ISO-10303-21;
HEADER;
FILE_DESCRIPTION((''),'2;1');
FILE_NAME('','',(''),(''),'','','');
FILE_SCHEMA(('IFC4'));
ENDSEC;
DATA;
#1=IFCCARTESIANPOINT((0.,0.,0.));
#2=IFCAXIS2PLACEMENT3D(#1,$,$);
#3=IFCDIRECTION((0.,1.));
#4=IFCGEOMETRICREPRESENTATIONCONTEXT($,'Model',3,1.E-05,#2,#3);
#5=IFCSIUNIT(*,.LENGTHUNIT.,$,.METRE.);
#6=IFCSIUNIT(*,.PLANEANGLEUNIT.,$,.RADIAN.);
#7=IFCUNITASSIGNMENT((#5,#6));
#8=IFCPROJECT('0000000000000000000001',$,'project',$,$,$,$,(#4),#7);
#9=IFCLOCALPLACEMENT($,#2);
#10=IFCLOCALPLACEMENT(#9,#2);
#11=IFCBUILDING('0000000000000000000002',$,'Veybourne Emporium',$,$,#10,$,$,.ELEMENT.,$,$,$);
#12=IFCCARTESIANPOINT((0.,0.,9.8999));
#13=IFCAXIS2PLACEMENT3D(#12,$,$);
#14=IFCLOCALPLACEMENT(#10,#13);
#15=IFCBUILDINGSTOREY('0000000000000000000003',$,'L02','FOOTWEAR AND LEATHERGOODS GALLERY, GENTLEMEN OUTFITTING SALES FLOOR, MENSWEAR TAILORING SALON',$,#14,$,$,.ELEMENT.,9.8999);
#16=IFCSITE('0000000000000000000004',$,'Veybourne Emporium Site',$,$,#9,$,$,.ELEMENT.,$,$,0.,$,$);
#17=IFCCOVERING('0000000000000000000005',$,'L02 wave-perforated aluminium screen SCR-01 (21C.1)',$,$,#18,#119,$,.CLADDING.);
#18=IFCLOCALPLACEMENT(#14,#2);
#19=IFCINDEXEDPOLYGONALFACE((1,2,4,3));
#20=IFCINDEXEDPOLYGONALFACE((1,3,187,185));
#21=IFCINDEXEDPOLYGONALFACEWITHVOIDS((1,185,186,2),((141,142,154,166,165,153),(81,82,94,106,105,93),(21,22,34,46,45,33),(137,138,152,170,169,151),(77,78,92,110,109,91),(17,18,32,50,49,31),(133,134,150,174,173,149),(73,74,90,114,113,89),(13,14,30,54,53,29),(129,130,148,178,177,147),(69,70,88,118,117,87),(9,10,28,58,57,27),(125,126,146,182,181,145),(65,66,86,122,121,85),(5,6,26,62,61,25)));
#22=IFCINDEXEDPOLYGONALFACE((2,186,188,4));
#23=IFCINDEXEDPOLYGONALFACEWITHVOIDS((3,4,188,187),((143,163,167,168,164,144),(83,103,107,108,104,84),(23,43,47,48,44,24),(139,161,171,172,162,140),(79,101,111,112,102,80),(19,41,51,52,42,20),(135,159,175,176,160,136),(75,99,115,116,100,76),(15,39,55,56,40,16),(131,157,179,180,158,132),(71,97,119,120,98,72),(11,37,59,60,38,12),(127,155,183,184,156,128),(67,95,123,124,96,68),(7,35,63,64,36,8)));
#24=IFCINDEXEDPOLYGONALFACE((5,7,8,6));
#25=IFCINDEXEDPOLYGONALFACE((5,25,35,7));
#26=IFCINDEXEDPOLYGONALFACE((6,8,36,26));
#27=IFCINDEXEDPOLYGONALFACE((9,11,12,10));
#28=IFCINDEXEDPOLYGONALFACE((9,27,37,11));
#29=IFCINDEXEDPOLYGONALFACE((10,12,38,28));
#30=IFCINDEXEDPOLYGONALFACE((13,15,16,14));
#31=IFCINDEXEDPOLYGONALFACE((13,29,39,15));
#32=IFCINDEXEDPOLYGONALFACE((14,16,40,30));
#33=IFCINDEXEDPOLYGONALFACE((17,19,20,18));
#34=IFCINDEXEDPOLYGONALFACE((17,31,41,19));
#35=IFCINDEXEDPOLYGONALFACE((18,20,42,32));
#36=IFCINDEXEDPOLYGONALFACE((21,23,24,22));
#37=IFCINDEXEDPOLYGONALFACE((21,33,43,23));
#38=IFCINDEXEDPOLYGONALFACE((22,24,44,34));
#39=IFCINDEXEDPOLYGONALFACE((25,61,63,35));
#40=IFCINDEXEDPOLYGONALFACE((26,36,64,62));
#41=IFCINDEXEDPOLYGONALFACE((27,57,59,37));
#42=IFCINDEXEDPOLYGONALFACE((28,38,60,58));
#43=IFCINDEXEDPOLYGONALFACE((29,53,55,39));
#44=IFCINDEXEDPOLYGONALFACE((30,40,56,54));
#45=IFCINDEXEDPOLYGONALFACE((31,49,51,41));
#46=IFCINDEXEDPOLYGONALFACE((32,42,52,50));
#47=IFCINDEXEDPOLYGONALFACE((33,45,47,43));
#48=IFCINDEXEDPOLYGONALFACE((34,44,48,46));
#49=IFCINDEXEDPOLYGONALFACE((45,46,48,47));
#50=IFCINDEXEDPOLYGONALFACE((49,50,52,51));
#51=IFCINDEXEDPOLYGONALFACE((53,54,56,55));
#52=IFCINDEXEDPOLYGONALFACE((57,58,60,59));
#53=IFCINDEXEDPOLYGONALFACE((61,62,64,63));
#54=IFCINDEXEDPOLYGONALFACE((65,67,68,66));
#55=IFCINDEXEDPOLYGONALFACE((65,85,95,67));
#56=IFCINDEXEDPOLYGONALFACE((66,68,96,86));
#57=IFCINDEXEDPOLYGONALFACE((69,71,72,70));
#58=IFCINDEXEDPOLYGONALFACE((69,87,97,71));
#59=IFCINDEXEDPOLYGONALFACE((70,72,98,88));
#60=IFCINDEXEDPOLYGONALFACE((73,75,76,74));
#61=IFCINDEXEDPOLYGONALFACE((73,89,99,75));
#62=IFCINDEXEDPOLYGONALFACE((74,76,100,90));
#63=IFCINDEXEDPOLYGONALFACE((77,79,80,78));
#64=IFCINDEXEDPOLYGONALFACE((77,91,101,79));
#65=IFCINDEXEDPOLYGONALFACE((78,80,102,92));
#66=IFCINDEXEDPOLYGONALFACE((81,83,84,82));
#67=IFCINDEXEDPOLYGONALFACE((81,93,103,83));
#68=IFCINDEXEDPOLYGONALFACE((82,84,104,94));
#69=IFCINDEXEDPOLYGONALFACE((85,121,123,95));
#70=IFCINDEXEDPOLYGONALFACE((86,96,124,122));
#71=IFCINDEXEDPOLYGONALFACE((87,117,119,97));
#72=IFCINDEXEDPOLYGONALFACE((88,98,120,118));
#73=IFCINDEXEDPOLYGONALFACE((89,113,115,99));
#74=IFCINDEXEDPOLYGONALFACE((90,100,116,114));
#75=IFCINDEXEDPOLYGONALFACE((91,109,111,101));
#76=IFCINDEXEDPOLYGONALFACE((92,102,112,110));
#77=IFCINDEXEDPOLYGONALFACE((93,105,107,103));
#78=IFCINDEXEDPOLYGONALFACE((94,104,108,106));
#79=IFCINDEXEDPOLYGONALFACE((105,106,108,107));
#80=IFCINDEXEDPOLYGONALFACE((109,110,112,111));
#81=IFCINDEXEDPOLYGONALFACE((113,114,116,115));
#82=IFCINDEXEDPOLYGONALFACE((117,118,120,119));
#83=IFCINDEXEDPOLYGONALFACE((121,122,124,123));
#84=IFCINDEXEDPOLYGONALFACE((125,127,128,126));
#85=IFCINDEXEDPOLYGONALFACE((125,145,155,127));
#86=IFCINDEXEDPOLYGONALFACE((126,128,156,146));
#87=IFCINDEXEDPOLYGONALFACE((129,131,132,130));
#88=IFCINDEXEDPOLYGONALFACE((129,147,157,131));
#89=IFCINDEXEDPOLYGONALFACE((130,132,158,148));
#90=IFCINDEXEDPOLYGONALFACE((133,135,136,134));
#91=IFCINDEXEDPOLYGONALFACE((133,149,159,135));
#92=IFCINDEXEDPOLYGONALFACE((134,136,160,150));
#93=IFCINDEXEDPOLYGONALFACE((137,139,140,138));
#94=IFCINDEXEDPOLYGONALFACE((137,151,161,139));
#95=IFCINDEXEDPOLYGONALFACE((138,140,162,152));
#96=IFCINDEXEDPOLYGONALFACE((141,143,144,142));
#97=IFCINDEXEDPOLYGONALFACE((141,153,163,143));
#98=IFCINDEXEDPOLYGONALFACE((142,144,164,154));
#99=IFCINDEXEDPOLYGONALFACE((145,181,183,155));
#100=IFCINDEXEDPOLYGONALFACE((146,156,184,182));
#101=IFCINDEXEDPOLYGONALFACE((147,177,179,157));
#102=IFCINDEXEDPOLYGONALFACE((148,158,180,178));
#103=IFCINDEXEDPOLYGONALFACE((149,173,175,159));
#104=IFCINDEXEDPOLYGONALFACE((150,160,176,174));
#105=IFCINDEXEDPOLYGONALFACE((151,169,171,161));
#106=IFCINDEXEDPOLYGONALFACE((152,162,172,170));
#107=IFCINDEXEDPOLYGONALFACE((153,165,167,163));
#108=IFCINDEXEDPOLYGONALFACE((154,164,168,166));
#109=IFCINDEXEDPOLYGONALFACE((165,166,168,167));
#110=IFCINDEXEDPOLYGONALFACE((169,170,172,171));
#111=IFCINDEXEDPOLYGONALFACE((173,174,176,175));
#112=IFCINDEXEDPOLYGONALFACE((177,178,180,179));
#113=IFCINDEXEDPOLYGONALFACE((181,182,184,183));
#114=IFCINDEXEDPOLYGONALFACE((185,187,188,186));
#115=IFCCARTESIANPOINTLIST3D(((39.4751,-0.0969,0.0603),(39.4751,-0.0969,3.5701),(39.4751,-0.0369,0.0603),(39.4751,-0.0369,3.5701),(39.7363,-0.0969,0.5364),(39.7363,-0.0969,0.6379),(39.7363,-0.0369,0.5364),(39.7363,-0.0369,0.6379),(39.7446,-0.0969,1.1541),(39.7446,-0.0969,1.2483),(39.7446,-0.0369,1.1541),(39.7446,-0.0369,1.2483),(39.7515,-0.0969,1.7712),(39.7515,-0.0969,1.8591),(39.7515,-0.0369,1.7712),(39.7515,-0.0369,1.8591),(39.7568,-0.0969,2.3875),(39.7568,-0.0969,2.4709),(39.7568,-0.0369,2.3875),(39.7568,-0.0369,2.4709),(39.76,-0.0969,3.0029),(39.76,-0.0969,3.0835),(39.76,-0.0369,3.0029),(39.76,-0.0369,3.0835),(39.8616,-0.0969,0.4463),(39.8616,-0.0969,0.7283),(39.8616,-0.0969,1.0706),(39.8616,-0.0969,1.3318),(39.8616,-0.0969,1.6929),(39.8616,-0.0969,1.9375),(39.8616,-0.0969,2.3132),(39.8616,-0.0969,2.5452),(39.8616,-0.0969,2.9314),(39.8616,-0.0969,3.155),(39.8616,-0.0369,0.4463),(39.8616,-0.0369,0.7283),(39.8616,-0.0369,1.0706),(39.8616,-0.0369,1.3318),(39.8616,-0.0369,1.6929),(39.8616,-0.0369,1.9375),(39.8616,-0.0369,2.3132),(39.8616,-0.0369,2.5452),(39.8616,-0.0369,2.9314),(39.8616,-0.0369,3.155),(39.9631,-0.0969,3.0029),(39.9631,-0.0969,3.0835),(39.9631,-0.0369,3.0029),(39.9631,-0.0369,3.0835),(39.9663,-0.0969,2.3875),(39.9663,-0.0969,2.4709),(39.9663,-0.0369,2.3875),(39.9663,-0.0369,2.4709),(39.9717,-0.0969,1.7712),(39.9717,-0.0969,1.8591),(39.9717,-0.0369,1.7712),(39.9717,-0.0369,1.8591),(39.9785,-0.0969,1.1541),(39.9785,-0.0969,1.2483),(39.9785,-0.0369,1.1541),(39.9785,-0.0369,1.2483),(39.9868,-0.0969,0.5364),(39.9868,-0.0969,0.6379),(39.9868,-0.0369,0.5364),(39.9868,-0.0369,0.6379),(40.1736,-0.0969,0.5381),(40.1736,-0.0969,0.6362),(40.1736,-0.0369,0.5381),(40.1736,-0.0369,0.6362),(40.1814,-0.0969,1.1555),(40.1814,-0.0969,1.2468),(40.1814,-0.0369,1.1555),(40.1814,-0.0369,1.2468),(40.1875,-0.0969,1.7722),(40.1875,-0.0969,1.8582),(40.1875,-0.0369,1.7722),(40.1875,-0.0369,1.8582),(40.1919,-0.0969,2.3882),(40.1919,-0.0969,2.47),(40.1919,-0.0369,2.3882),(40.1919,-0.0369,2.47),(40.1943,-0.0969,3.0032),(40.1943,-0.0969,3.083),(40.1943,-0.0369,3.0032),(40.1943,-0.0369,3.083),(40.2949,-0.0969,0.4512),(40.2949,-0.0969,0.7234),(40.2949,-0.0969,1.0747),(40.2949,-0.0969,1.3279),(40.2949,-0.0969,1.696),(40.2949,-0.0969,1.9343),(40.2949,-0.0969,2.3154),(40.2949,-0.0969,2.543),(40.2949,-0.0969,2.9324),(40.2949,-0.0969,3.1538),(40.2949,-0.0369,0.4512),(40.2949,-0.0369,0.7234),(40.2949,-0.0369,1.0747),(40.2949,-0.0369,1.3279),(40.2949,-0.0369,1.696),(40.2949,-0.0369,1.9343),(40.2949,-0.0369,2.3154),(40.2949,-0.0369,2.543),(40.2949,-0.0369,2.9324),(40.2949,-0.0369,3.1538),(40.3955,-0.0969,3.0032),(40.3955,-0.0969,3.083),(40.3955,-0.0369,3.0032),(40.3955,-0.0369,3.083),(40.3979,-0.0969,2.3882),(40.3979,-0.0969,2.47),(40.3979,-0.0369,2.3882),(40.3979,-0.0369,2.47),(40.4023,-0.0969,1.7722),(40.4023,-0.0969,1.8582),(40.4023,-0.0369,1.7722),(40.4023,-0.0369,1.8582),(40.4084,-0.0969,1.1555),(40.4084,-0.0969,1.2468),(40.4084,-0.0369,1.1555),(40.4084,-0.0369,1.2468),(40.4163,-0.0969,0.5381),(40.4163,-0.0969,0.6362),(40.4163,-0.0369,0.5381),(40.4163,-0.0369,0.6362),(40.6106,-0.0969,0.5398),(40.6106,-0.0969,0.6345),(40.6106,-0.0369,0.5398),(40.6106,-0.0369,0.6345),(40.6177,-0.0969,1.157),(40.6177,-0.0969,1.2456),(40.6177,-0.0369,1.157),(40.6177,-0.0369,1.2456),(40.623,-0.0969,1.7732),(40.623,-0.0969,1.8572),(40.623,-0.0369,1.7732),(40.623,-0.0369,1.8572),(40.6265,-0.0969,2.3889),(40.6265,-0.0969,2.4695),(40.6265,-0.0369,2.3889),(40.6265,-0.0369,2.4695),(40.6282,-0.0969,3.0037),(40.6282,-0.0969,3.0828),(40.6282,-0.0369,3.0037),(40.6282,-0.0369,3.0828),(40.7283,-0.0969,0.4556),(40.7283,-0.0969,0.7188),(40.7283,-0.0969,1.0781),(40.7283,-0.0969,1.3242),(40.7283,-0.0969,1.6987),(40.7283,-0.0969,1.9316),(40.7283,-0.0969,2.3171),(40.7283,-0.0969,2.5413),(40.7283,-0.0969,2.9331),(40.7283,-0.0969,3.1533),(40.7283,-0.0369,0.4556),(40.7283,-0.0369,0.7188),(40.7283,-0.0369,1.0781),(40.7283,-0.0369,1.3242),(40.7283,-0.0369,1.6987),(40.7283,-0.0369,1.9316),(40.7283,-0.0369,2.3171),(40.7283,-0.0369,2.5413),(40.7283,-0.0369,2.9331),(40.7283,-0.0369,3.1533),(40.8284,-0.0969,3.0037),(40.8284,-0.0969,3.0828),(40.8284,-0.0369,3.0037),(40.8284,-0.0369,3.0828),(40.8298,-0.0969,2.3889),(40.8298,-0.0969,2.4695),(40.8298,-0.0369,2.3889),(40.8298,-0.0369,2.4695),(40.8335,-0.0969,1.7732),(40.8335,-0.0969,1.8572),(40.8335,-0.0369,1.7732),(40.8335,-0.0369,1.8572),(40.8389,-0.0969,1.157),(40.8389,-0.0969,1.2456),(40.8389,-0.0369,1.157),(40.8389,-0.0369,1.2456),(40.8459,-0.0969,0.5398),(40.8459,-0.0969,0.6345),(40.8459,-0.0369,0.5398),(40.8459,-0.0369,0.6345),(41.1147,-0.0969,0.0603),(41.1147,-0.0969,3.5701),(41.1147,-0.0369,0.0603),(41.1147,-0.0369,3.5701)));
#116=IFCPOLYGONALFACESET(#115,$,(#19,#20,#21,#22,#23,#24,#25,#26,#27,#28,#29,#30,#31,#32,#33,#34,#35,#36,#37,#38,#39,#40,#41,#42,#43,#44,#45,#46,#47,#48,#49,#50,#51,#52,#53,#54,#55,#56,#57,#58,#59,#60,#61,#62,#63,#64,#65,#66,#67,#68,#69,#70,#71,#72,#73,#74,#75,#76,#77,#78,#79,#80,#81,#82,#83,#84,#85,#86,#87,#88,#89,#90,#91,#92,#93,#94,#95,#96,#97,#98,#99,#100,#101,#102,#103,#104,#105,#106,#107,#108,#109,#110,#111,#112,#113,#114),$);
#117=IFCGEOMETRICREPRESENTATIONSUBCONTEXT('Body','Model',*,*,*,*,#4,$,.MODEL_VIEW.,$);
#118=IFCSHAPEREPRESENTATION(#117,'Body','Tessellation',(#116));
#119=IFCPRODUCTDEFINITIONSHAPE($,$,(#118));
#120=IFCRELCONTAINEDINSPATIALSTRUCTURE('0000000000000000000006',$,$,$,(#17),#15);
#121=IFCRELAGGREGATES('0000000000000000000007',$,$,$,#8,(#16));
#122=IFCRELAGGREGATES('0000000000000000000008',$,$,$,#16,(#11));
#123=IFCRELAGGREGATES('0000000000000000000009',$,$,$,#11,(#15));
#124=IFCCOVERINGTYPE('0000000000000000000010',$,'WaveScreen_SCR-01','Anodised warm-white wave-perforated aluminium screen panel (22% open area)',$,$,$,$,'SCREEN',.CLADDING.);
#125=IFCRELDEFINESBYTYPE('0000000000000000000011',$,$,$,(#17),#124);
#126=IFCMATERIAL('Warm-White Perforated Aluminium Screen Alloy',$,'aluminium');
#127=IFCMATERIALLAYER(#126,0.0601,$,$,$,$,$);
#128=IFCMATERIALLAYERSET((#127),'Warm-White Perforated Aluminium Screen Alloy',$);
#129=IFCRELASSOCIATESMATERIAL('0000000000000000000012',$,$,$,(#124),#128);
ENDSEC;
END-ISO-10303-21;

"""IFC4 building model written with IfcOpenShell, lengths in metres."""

from ifc_helpers import new_model, si_unit, direction, frame, origin, place, context, subcontext, project, spatial, polyline, outline, extrude, material, layer, layer_set, type_object, element, save


model = new_model("IFC4")

# Units and contexts
model_context = context("Model", 3, precision=1e-05, world=origin(), true_north=direction((0.0, 1.0)))
body_context = subcontext(model_context, "Body", "Model", "MODEL_VIEW")
ifc_project = project(units=[si_unit("LENGTHUNIT", "METRE"), si_unit("PLANEANGLEUNIT", "RADIAN")], contexts=[model_context])

# Site, building, storey
site_placement = place(None, origin())
site = spatial("IfcSite", under=ifc_project, at=site_placement, Name="Veybourne Emporium Site", CompositionType="ELEMENT", RefElevation=0.0)
building_placement = place(site_placement, origin())
building = spatial("IfcBuilding", under=site, at=building_placement, Name="Veybourne Emporium", CompositionType="ELEMENT")
storey_placement = place(building_placement, frame((0.0, 0.0, 9.8999)))
storey = spatial("IfcBuildingStorey", under=building, at=storey_placement, Name="L02", Description="FOOTWEAR AND LEATHERGOODS GALLERY, GENTLEMEN OUTFITTING SALES FLOOR, MENSWEAR TAILORING SALON", CompositionType="ELEMENT", Elevation=9.8999)

# Covering
ifc_material_1 = material(Name="Warm-White Perforated Aluminium Screen Alloy", Category="aluminium")
ifc_layer_1 = layer(ifc_material_1, 0.0601)
ifc_layer_set_1 = layer_set([ifc_layer_1], Name="Warm-White Perforated Aluminium Screen Alloy")
covering_type_1 = type_object("IfcCoveringType", Name="WaveScreen_SCR-01", Description="Anodised warm-white wave-perforated aluminium screen panel (22% open area)", ElementType="SCREEN", PredefinedType="CLADDING", material=ifc_layer_set_1)
covering_1_placement = place(storey_placement, frame((40.2949, -0.0969, 1.8152), z_axis=(0.0, 1.0, 0.0), x_axis=(-1.0, 0.0, 0.0)))
element("IfcCovering", 1, at=covering_1_placement, inside=storey, type_object=covering_type_1, Name="L02 wave-perforated aluminium screen SCR-01 (21C.1)", PredefinedType="CLADDING", context=body_context, shape_type="SweptSolid", body=[
    extrude(outline(polyline([(-0.8198, -1.7549), (0.8198, -1.7549), (0.8198, 1.7549), (-0.8198, 1.7549), (-0.8198, -1.7549)]), holes=[polyline([(-0.4333, -1.0964), (-0.3157, -1.1807), (-0.3157, -1.2754), (-0.4333, -1.3596), (-0.551, -1.2754), (-0.551, -1.1807), (-0.4333, -1.0964)]), polyline([(-0.4333, -0.491), (-0.3228, -0.5696), (-0.3228, -0.6582), (-0.4333, -0.7371), (-0.5439, -0.6582), (-0.5439, -0.5696), (-0.4333, -0.491)]), polyline([(-0.4333, 0.1165), (-0.3281, 0.042), (-0.3281, -0.042), (-0.4333, -0.1165), (-0.5386, -0.042), (-0.5386, 0.042), (-0.4333, 0.1165)]), polyline([(-0.4333, 0.7261), (-0.3315, 0.6543), (-0.3315, 0.5737), (-0.4333, 0.502), (-0.5349, 0.5737), (-0.5349, 0.6543), (-0.4333, 0.7261)]), polyline([(-0.4333, 1.3381), (-0.3333, 1.2676), (-0.3333, 1.1885), (-0.4333, 1.1179), (-0.5334, 1.1885), (-0.5334, 1.2676), (-0.4333, 1.3381)]), polyline([(0.0, -1.0918), (0.1213, -1.179), (0.1213, -1.2771), (0.0, -1.364), (-0.1213, -1.2771), (-0.1213, -1.179), (0.0, -1.0918)]), polyline([(0.0, -0.4873), (0.1135, -0.5684), (0.1135, -0.6597), (0.0, -0.7405), (-0.1135, -0.6597), (-0.1135, -0.5684), (0.0, -0.4873)]), polyline([(0.0, 0.1191), (0.1074, 0.043), (0.1074, -0.043), (0.0, -0.1191), (-0.1074, -0.043), (-0.1074, 0.043), (0.0, 0.1191)]), polyline([(0.0, 0.7278), (0.103, 0.6548), (0.103, 0.573), (0.0, 0.5002), (-0.103, 0.573), (-0.103, 0.6548), (0.0, 0.7278)]), polyline([(0.0, 1.3386), (0.1006, 1.2678), (0.1006, 1.188), (0.0, 1.1172), (-0.1006, 1.188), (-0.1006, 1.2678), (0.0, 1.3386)]), polyline([(0.4333, -1.0869), (0.5586, -1.1772), (0.5586, -1.2788), (0.4333, -1.3689), (0.3081, -1.2788), (0.3081, -1.1772), (0.4333, -1.0869)]), polyline([(0.4333, -0.4834), (0.5503, -0.5669), (0.5503, -0.6611), (0.4333, -0.7446), (0.3164, -0.6611), (0.3164, -0.5669), (0.4333, -0.4834)]), polyline([(0.4333, 0.1223), (0.5435, 0.0439), (0.5435, -0.0439), (0.4333, -0.1223), (0.3232, -0.0439), (0.3232, 0.0439), (0.4333, 0.1223)]), polyline([(0.4333, 0.73), (0.5381, 0.6558), (0.5381, 0.5723), (0.4333, 0.498), (0.3286, 0.5723), (0.3286, 0.6558), (0.4333, 0.73)]), polyline([(0.4333, 1.3398), (0.5349, 1.2683), (0.5349, 1.1877), (0.4333, 1.1162), (0.3318, 1.1877), (0.3318, 1.2683), (0.4333, 1.3398)])]), origin(), (0.0, 0.0, 1.0), 0.0601),
])

save(model, "model.ifc")
